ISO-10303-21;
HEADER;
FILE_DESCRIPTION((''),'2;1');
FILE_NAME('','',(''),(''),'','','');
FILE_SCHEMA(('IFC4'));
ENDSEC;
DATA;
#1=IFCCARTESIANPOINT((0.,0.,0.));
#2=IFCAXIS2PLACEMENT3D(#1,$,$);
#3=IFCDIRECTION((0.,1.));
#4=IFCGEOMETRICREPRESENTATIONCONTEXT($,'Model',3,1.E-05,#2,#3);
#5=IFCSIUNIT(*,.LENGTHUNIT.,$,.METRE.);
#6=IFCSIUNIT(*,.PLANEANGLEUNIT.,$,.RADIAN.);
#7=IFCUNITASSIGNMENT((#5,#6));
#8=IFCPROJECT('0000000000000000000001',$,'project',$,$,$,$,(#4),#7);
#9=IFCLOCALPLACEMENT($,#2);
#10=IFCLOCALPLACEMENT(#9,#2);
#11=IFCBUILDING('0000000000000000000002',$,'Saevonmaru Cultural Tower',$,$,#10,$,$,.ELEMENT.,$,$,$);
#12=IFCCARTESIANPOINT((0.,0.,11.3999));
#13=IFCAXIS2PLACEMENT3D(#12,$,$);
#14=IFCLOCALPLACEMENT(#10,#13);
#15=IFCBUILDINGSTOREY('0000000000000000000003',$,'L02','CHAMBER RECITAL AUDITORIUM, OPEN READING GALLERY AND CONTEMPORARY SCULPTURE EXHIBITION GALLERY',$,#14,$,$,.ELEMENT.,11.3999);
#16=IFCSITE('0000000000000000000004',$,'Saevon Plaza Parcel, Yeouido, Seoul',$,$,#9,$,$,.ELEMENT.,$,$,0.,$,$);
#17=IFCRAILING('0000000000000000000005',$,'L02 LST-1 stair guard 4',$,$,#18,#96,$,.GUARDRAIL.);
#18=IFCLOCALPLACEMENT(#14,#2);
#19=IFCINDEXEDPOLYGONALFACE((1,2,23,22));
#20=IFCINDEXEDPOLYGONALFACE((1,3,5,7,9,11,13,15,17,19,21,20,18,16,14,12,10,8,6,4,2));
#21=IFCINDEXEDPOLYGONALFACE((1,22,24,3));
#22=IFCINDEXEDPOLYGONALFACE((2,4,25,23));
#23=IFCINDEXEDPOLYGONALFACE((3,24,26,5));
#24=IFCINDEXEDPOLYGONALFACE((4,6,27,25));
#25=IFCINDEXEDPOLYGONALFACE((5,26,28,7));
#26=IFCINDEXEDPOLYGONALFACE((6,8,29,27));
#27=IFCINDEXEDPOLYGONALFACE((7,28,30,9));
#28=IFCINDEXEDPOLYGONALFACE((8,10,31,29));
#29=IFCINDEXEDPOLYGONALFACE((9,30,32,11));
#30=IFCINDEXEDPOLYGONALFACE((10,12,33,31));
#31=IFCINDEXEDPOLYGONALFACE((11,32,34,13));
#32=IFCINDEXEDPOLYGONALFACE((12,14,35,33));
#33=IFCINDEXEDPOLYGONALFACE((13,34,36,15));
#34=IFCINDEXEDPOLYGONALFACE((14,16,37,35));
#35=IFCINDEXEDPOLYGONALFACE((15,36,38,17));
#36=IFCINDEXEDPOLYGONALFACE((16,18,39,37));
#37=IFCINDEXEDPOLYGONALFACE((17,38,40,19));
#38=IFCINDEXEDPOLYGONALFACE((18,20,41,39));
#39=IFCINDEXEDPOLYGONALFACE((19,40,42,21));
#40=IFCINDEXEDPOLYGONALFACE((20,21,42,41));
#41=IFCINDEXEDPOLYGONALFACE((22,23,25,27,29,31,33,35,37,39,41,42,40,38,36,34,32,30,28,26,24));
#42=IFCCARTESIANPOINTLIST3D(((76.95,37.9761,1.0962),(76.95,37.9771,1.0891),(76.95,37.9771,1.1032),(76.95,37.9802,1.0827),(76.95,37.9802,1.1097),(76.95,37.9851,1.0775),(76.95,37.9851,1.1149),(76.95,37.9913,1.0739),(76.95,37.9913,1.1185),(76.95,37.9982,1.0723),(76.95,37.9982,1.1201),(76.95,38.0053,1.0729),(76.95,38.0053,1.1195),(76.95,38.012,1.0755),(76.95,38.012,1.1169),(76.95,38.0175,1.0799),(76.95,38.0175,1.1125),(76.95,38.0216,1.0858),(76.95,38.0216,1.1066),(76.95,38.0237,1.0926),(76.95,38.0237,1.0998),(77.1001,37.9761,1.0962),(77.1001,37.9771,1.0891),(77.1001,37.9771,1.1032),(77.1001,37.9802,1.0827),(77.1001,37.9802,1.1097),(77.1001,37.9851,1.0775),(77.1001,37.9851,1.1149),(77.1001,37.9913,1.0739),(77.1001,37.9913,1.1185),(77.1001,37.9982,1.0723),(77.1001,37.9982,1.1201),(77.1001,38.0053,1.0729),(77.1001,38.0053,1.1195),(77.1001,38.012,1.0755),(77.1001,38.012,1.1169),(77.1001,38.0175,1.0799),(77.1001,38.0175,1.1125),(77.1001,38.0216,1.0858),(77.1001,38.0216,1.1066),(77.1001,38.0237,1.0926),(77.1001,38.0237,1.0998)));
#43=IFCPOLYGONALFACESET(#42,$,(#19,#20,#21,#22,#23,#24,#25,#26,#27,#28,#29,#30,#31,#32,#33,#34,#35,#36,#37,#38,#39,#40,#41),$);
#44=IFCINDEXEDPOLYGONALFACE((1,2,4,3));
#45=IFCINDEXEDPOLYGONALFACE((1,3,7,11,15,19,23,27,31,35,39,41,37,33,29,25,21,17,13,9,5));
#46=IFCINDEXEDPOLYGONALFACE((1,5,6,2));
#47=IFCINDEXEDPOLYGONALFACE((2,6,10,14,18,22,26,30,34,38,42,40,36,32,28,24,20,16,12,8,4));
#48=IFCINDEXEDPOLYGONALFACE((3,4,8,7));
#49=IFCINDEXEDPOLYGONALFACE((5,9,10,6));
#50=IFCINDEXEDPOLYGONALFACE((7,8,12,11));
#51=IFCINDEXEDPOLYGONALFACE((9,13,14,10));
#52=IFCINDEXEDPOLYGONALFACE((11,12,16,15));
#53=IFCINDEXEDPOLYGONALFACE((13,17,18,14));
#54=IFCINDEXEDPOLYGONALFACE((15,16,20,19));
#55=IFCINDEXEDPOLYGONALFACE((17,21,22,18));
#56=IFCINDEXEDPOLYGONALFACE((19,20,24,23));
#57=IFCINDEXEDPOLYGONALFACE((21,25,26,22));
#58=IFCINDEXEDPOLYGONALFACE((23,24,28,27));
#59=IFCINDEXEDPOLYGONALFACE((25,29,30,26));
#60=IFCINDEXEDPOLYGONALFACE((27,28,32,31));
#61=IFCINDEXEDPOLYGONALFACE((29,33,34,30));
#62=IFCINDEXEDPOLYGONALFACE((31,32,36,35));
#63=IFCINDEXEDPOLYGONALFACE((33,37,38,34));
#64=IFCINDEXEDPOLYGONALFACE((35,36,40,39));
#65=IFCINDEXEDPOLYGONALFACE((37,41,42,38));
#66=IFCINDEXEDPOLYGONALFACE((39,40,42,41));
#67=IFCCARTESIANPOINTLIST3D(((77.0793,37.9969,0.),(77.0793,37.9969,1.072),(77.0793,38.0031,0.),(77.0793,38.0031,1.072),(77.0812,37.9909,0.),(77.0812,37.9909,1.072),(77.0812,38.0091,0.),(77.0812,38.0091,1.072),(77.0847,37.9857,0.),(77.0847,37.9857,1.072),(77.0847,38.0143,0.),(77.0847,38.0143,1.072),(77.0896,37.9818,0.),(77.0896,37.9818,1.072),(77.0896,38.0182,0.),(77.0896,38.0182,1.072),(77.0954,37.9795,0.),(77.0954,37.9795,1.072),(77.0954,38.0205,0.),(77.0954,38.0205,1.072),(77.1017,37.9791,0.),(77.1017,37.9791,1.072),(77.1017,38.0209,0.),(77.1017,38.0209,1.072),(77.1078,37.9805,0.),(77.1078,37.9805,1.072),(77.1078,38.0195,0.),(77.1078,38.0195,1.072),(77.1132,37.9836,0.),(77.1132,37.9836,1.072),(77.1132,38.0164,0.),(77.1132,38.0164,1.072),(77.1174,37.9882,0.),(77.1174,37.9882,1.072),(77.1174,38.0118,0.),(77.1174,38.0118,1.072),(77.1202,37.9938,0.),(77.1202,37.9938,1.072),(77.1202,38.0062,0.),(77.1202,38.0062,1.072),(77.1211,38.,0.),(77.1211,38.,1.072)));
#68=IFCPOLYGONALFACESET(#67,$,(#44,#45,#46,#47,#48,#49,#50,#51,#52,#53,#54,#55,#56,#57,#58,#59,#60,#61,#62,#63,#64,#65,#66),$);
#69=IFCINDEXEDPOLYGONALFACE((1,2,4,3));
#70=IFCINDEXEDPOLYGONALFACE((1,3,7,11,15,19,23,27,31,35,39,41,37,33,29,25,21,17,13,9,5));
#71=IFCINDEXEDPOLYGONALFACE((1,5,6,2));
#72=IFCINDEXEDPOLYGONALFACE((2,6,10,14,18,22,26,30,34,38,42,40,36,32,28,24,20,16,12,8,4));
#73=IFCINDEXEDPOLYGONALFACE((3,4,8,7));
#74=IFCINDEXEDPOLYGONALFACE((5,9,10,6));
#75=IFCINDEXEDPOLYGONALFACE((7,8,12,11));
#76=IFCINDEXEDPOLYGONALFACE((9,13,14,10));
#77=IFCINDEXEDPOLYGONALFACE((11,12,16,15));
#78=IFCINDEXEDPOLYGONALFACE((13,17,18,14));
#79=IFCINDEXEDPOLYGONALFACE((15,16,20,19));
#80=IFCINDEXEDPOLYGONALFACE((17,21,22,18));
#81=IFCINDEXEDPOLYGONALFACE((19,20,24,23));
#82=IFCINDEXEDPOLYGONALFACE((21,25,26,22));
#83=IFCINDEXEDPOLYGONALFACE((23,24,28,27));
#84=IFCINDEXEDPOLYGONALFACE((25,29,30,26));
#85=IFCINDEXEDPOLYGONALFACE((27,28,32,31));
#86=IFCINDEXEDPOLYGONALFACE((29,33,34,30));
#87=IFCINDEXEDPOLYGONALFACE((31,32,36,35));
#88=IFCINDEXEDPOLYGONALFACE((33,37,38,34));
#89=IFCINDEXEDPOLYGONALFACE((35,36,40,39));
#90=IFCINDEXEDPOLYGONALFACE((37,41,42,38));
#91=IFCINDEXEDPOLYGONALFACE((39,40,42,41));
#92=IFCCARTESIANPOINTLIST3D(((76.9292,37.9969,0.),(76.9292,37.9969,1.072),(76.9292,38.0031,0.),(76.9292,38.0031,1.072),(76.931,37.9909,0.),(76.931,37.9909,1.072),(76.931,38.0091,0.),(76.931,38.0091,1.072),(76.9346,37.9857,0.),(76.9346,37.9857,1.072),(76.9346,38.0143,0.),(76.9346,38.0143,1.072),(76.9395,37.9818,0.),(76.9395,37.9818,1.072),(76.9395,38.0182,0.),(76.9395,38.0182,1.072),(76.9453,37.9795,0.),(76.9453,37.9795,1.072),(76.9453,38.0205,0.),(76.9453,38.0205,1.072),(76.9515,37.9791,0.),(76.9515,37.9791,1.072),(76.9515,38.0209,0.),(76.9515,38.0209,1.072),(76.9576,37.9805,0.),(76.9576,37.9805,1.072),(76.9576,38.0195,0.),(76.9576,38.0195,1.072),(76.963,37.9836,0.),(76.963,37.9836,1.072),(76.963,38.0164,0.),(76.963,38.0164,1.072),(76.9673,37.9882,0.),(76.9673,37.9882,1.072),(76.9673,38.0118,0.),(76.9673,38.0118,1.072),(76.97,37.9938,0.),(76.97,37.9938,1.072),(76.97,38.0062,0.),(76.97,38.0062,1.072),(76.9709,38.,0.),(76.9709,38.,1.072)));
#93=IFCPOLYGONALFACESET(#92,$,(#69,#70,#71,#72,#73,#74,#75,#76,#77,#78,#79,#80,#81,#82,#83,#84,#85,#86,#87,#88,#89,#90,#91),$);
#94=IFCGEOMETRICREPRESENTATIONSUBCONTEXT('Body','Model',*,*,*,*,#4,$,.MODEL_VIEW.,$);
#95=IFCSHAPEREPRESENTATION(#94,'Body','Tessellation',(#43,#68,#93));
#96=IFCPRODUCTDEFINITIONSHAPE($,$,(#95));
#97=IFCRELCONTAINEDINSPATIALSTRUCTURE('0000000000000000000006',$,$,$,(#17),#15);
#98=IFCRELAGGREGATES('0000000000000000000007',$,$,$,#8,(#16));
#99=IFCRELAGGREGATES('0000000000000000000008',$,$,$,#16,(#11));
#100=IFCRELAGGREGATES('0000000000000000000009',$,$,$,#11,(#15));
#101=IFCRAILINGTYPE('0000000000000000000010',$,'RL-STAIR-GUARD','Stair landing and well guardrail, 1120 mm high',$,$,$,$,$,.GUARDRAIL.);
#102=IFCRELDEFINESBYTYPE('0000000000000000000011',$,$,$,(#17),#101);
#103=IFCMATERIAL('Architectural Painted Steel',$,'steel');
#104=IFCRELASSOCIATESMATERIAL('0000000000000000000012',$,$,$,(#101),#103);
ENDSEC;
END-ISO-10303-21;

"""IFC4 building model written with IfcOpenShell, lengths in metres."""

from ifc_helpers import new_model, si_unit, direction, frame, origin, origin_2d, place, context, subcontext, project, spatial, circle, extrude, material, type_object, element, save


model = new_model("IFC4")

# Units and contexts
model_context = context("Model", 3, precision=1e-05, world=origin(), true_north=direction((0.0, 1.0)))
body_context = subcontext(model_context, "Body", "Model", "MODEL_VIEW")
ifc_project = project(units=[si_unit("LENGTHUNIT", "METRE"), si_unit("PLANEANGLEUNIT", "RADIAN")], contexts=[model_context])

# Site, building, storey
site_placement = place(None, origin())
site = spatial("IfcSite", under=ifc_project, at=site_placement, Name="Saevon Plaza Parcel, Yeouido, Seoul", CompositionType="ELEMENT", RefElevation=0.0)
building_placement = place(site_placement, origin())
building = spatial("IfcBuilding", under=site, at=building_placement, Name="Saevonmaru Cultural Tower", CompositionType="ELEMENT")
storey_placement = place(building_placement, frame((0.0, 0.0, 11.3999)))
storey = spatial("IfcBuildingStorey", under=building, at=storey_placement, Name="L02", Description="CHAMBER RECITAL AUDITORIUM, OPEN READING GALLERY AND CONTEMPORARY SCULPTURE EXHIBITION GALLERY", CompositionType="ELEMENT", Elevation=11.3999)

# Railing
ifc_material_1 = material(Name="Architectural Painted Steel", Category="steel")
railing_type_1 = type_object("IfcRailingType", Name="RL-STAIR-GUARD", Description="Stair landing and well guardrail, 1120 mm high", PredefinedType="GUARDRAIL", material=ifc_material_1)
railing_1_placement = place(storey_placement, frame((77.1001, 38.0, 0.0)))
element("IfcRailing", 1, at=railing_1_placement, inside=storey, type_object=railing_type_1, Name="L02 LST-1 stair guard 4", PredefinedType="GUARDRAIL", context=body_context, shape_type="SweptSolid", body=[
    extrude(circle(Radius=0.0239, at=origin_2d()), frame((0.0, 0.0, 1.0962), z_axis=(-1.0, 0.0, 0.0), x_axis=(0.0, -1.0, 0.0)), (0.0, 0.0, 1.0), 0.1501),
    extrude(circle(Radius=0.021, at=origin_2d()), origin(), (0.0, 0.0, 1.0), 1.072),
    extrude(circle(Radius=0.021, at=origin_2d()), frame((-0.1501, 0.0, 0.0)), (0.0, 0.0, 1.0), 1.072),
])

save(model, "model.ifc")
